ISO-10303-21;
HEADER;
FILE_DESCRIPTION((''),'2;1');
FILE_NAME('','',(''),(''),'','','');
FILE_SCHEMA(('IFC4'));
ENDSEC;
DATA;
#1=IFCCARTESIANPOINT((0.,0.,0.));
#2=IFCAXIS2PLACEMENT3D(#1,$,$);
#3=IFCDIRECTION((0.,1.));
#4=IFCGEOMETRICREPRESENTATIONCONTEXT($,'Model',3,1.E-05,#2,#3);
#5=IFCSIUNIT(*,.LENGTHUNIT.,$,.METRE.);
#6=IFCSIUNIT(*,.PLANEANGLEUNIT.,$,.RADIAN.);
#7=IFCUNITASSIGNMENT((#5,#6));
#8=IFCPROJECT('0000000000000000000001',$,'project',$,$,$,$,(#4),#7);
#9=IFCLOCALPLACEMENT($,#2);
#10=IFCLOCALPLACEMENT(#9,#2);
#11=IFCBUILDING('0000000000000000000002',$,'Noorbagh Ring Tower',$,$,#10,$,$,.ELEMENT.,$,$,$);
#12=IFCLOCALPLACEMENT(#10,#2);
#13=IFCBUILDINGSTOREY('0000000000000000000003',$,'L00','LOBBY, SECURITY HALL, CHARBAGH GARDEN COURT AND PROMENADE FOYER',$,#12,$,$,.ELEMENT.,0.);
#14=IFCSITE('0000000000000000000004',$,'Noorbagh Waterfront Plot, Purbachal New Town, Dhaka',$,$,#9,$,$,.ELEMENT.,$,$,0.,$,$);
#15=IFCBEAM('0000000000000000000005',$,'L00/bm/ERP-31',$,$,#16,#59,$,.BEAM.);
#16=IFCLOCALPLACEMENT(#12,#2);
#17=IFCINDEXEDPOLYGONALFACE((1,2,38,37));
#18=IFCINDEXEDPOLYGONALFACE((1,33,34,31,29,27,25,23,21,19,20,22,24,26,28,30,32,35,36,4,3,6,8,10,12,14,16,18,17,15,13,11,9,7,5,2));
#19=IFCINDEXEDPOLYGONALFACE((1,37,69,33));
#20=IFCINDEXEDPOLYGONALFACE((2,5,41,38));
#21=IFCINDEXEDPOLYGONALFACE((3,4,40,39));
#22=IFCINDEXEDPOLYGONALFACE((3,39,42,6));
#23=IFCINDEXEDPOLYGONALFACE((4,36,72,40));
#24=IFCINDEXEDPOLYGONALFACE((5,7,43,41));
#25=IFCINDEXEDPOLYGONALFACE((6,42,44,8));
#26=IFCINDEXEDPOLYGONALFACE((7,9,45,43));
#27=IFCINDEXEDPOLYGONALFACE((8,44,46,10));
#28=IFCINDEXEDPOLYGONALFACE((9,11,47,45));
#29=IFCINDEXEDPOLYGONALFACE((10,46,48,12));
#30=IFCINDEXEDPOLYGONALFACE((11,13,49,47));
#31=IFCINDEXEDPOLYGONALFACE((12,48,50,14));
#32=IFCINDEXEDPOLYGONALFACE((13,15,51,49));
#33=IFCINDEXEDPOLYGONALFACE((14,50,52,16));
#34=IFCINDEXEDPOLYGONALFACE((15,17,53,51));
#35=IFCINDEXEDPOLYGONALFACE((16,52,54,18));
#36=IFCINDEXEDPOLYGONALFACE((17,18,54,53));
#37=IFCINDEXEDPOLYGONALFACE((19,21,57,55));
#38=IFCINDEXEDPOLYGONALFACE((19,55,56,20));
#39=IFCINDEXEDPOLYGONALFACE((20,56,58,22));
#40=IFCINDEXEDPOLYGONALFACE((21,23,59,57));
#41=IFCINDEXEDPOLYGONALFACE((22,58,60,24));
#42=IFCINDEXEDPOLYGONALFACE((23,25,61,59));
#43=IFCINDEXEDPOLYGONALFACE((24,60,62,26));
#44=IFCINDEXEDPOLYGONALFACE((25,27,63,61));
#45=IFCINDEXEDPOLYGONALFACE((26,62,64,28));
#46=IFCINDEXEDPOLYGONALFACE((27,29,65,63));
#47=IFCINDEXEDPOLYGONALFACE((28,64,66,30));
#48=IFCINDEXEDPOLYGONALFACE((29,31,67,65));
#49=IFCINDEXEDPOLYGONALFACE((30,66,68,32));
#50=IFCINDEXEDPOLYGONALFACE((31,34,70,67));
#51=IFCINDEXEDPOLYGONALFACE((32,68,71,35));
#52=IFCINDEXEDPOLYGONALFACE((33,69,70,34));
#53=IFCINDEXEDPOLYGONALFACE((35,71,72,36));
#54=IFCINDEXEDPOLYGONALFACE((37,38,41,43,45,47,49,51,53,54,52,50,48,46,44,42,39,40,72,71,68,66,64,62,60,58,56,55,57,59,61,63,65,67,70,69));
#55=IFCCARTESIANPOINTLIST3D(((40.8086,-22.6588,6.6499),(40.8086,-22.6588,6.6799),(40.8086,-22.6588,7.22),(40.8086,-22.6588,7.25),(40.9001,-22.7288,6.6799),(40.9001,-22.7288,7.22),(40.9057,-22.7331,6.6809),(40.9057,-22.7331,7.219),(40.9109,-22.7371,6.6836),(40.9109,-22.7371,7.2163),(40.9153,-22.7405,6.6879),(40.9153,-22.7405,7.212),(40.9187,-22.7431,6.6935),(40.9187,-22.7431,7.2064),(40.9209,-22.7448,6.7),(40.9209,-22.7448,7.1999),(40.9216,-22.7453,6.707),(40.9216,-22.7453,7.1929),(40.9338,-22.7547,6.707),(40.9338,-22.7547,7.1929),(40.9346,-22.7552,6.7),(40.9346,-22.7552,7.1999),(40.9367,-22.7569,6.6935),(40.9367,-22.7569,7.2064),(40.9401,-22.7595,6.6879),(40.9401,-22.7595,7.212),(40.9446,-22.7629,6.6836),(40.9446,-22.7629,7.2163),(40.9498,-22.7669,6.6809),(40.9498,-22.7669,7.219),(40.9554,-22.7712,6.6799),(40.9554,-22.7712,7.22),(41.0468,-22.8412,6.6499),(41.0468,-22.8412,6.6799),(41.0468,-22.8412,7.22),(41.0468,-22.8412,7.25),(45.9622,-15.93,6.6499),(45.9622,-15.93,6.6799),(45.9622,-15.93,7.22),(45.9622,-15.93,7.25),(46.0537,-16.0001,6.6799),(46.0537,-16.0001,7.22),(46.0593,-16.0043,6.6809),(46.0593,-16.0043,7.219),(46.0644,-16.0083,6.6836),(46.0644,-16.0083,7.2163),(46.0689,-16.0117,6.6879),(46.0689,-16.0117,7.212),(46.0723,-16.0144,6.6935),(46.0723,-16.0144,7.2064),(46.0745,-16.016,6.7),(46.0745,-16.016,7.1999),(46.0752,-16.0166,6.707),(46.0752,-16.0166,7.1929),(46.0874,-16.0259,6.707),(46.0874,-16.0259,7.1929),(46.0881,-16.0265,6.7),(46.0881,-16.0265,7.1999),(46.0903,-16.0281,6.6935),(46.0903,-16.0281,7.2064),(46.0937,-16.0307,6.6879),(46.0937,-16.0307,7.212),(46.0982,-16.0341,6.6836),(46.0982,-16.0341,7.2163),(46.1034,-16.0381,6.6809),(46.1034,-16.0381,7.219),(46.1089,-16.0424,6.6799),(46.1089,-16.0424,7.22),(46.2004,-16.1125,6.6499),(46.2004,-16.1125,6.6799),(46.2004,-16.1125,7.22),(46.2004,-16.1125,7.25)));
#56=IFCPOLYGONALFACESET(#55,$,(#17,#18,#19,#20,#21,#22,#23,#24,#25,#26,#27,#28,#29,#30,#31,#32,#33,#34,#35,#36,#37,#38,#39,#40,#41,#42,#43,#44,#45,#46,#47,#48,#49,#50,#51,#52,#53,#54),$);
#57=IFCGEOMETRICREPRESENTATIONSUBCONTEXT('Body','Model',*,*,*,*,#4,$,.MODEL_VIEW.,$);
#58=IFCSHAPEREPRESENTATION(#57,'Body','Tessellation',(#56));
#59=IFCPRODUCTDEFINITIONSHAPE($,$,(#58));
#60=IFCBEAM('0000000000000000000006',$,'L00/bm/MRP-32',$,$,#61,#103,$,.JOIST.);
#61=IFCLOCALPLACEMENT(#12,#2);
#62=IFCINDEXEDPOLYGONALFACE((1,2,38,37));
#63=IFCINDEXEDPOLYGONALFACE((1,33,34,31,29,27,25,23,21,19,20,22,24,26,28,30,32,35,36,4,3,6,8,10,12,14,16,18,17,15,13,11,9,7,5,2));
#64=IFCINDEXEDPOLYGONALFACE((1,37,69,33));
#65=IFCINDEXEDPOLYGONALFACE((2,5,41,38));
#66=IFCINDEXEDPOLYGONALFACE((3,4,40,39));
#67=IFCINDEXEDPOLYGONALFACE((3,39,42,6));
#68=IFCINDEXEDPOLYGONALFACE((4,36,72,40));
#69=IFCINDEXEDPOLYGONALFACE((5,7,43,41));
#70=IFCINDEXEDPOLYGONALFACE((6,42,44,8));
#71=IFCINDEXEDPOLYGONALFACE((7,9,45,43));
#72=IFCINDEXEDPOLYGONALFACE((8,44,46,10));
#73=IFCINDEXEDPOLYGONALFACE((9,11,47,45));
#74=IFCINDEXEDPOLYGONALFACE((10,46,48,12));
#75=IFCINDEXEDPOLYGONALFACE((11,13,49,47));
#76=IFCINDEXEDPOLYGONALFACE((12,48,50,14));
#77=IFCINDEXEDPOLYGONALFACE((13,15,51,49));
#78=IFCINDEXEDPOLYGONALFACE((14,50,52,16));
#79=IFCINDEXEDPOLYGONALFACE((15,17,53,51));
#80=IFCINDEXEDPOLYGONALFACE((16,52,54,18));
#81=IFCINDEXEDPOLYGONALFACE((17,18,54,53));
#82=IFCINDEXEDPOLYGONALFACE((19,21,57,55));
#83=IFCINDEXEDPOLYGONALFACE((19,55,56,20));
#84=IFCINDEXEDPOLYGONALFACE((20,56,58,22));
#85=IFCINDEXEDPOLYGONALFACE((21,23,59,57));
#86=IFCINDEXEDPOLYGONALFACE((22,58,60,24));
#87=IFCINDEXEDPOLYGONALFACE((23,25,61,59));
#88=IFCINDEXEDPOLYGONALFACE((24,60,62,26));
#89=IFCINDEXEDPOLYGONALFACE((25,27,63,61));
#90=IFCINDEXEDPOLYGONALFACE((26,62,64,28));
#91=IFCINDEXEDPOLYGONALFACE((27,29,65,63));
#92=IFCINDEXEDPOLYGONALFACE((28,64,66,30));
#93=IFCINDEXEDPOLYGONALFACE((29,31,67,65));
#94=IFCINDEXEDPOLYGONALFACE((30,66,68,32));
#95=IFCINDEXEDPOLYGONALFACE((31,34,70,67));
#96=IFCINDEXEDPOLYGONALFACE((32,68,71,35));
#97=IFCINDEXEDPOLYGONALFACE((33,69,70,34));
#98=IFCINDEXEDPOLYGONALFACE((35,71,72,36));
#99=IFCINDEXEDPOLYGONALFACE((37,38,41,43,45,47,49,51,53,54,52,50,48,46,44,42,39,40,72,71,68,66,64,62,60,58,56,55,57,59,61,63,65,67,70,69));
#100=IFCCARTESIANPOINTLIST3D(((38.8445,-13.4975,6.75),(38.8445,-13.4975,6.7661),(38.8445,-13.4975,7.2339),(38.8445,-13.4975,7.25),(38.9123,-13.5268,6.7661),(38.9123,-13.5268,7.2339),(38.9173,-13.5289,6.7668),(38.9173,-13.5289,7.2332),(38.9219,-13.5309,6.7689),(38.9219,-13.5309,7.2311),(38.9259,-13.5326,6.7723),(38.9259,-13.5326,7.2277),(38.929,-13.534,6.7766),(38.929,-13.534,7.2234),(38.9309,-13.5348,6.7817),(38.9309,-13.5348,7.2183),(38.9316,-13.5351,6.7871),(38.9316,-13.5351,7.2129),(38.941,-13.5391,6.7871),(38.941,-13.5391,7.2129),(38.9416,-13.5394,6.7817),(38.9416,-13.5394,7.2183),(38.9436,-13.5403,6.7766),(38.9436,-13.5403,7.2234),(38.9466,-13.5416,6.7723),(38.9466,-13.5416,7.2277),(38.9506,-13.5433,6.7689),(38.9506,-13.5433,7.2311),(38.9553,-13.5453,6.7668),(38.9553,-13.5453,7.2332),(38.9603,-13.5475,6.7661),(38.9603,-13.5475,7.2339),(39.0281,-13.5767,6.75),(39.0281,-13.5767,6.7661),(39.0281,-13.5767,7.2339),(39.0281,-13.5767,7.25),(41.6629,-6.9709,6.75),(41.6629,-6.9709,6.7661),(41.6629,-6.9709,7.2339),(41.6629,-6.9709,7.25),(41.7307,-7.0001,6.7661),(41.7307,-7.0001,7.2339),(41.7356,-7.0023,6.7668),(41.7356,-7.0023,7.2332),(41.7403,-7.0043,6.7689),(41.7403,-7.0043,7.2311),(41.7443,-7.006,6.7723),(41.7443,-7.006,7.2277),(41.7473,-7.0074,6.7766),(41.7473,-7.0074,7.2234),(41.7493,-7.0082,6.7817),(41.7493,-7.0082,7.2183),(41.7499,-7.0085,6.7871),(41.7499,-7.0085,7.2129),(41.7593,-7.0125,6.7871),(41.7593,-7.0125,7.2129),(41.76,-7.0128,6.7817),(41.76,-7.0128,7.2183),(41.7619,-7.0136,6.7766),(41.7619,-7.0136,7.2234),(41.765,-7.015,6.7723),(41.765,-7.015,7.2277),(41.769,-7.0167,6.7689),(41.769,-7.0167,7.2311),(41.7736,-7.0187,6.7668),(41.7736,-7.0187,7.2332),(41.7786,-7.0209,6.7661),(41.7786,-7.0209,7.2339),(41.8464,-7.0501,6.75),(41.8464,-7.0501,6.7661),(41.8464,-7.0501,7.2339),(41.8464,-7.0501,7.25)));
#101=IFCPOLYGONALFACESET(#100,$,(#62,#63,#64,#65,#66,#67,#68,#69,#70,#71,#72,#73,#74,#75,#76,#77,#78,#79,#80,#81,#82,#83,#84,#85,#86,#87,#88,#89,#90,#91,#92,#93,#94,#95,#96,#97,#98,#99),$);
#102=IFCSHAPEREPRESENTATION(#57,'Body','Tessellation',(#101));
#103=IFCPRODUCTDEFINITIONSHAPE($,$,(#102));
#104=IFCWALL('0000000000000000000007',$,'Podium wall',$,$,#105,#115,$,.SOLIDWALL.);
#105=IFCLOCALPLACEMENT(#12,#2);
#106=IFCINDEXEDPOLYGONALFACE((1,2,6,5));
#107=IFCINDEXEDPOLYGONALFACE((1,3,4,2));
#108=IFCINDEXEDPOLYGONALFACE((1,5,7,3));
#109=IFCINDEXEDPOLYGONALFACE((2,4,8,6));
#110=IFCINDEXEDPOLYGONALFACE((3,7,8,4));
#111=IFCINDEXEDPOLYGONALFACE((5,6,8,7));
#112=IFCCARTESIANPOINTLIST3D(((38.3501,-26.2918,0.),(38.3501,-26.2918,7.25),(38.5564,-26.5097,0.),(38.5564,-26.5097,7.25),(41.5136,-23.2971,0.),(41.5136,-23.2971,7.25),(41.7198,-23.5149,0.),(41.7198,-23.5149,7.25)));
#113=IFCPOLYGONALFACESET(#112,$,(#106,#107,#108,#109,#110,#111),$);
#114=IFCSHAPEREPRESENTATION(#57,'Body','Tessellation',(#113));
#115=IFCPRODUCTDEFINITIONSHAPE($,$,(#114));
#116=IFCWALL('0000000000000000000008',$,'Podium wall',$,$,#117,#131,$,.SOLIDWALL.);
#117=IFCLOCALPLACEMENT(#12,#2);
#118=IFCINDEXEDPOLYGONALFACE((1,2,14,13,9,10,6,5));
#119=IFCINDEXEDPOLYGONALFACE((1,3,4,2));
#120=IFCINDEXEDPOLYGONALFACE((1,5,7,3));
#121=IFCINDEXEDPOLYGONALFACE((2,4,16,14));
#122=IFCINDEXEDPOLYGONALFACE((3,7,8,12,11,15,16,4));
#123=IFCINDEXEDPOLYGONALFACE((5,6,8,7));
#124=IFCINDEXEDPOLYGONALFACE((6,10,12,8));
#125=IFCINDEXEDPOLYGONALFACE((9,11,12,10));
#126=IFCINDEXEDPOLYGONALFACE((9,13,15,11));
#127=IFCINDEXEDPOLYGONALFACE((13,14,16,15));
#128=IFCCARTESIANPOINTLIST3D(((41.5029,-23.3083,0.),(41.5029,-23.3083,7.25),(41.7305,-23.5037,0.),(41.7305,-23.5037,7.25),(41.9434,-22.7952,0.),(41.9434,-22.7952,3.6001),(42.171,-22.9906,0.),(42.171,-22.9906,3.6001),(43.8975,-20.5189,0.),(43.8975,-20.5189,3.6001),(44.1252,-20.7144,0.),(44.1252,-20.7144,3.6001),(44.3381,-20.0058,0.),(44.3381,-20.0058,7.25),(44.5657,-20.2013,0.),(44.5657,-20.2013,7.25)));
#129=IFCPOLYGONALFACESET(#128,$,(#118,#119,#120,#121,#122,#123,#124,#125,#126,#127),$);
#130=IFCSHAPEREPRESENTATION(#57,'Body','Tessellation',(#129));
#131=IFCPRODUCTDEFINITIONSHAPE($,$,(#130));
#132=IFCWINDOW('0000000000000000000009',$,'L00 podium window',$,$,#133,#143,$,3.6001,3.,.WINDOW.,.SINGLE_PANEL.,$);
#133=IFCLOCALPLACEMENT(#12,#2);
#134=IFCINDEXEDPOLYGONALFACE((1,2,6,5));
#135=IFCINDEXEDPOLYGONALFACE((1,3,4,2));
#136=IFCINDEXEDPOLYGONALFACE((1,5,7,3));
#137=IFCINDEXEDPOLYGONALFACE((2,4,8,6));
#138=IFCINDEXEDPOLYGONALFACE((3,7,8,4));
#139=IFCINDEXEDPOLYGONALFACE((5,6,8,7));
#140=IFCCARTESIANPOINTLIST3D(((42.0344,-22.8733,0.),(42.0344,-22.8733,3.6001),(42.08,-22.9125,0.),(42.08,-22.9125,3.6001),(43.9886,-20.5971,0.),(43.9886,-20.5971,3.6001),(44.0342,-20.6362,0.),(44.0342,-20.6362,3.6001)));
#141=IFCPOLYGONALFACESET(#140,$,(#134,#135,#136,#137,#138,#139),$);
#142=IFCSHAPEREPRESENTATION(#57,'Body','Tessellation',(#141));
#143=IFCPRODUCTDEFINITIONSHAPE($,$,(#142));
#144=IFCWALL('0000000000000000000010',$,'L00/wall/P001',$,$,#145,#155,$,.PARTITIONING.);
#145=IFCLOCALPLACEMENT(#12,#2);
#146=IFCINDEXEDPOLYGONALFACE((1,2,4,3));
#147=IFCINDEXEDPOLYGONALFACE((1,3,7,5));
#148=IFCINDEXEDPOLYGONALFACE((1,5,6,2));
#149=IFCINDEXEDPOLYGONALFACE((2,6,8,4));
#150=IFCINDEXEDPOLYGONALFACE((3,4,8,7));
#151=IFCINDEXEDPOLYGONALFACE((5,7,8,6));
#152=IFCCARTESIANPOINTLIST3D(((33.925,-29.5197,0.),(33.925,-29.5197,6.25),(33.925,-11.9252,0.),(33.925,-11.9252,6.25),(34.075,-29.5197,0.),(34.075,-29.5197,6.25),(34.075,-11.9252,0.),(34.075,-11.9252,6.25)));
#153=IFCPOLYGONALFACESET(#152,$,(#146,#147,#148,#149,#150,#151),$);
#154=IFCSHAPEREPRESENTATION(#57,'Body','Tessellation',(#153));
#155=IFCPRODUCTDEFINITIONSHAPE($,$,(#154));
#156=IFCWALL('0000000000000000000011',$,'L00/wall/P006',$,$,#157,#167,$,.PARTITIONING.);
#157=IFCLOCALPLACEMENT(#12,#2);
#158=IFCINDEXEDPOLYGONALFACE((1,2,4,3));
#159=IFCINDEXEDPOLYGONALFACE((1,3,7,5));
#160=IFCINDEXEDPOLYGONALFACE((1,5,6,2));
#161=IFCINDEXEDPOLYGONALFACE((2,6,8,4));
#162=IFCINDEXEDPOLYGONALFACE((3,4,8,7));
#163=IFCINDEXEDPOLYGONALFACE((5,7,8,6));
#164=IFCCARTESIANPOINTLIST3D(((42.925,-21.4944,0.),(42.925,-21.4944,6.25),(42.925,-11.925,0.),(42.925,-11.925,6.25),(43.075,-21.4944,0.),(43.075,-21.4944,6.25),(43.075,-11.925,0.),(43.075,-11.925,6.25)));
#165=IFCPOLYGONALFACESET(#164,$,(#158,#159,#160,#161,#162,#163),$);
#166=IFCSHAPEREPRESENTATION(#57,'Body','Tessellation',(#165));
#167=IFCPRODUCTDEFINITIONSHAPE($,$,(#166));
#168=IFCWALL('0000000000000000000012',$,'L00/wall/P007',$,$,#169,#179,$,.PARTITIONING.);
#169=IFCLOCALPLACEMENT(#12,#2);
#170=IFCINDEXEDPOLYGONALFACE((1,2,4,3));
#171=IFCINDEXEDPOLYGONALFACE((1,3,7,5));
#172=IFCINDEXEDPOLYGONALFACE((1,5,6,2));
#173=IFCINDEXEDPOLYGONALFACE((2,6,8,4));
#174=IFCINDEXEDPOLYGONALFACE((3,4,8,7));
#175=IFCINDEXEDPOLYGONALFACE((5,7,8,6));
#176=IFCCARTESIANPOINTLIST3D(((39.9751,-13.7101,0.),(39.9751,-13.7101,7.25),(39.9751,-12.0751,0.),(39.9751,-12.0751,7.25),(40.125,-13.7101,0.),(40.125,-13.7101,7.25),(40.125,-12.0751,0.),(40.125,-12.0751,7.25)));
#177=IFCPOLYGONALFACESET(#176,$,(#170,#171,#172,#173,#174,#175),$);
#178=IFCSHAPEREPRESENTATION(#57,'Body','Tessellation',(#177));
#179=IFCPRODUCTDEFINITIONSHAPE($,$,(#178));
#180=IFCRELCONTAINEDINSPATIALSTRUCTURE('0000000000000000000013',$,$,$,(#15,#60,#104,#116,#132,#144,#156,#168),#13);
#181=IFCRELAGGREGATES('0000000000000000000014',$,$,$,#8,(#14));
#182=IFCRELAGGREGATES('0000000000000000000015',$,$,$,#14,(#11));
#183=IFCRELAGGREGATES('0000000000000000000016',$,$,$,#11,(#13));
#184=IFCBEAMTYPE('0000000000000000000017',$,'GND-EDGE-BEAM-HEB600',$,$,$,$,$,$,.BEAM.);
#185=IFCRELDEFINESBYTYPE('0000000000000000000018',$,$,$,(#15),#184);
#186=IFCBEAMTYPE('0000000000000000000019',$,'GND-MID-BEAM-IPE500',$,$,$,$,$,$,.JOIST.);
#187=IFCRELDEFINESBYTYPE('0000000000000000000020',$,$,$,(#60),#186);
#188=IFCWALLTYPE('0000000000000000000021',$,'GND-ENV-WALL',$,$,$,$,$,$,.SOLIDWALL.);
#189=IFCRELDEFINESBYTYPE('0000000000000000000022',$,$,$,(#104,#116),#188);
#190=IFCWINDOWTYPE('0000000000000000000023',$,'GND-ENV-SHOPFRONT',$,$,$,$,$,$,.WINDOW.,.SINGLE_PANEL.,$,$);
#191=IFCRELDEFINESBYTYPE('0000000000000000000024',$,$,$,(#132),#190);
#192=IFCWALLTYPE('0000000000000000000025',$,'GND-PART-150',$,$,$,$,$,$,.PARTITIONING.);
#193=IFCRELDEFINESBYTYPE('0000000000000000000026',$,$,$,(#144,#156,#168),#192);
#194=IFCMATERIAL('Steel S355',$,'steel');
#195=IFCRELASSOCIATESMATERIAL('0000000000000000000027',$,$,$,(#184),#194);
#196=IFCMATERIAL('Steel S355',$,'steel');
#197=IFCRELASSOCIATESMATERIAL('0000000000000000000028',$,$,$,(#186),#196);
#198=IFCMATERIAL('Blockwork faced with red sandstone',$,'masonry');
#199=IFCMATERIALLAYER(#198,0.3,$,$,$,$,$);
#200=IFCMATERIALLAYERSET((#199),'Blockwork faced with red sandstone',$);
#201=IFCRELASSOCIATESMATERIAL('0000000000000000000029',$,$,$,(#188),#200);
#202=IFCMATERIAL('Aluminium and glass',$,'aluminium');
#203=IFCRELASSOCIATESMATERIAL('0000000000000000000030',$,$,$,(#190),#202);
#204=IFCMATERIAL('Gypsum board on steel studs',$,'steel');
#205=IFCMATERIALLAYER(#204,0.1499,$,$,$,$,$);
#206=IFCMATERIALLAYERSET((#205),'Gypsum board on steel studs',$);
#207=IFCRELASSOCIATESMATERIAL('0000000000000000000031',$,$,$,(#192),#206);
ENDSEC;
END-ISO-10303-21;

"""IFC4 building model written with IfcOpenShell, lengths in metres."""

from ifc_helpers import new_model, si_unit, direction, frame, frame_2d, origin, origin_2d, place, context, subcontext, project, spatial, rectangle, i_section, extrude, material, layer, layer_set, material_profile, profile_set, type_object, element, fill, save


model = new_model("IFC4")

# Units and contexts
model_context = context("Model", 3, precision=1e-05, world=origin(), true_north=direction((0.0, 1.0)))
body_context = subcontext(model_context, "Body", "Model", "MODEL_VIEW")
ifc_project = project(units=[si_unit("LENGTHUNIT", "METRE"), si_unit("PLANEANGLEUNIT", "RADIAN")], contexts=[model_context])

# Site, building, storey
site_placement = place(None, origin())
site = spatial("IfcSite", under=ifc_project, at=site_placement, Name="Noorbagh Waterfront Plot, Purbachal New Town, Dhaka", CompositionType="ELEMENT", RefElevation=0.0)
building_placement = place(site_placement, origin())
building = spatial("IfcBuilding", under=site, at=building_placement, Name="Noorbagh Ring Tower", CompositionType="ELEMENT")
storey_placement = place(building_placement, origin())
storey = spatial("IfcBuildingStorey", under=building, at=storey_placement, Name="L00", Description="LOBBY, SECURITY HALL, CHARBAGH GARDEN COURT AND PROMENADE FOYER", CompositionType="ELEMENT", Elevation=0.0)

# Beams
ifc_material_1 = material(Name="Steel S355", Category="steel")
ifc_material_profile_1 = material_profile(ifc_material_1, i_section(OverallWidth=0.3, OverallDepth=0.6001, WebThickness=0.0154, FlangeThickness=0.03, FilletRadius=0.0271, at=origin_2d()), Name="HEB600")
ifc_profile_set_1 = profile_set([ifc_material_profile_1], Name="Steel S355")
beam_type_1 = type_object("IfcBeamType", Name="GND-EDGE-BEAM-HEB600", PredefinedType="BEAM", material=ifc_profile_set_1)
beam_1_placement = place(storey_placement, frame((40.9277, -22.75, 6.95), z_axis=(0.608049, 0.7939, 0.0), x_axis=(-0.7939, 0.608049, 0.0)))
element("IfcBeam", 1, at=beam_1_placement, inside=storey, type_object=beam_type_1, Name="L00/bm/ERP-31", PredefinedType="BEAM", context=body_context, shape_type="SweptSolid", body=[
    extrude(i_section(OverallWidth=0.3, OverallDepth=0.6001, WebThickness=0.0154, FlangeThickness=0.03, FilletRadius=0.0271, at=origin_2d()), origin(), (0.0, 0.0, 1.0), 8.4756),
])
ifc_material_2 = material(Name="Steel S355", Category="steel")
ifc_material_profile_2 = material_profile(ifc_material_2, i_section(OverallWidth=0.2, OverallDepth=0.5, WebThickness=0.0103, FlangeThickness=0.0161, FilletRadius=0.021, at=origin_2d()), Name="IPE500")
ifc_profile_set_2 = profile_set([ifc_material_profile_2], Name="Steel S355")
beam_type_2 = type_object("IfcBeamType", Name="GND-MID-BEAM-IPE500", PredefinedType="JOIST", material=ifc_profile_set_2)
beam_2_placement = place(storey_placement, frame((38.9363, -13.5371, 7.0), z_axis=(0.396442, 0.91806, 0.0), x_axis=(-0.91806, 0.396442, 0.0)))
element("IfcBeam", 2, at=beam_2_placement, inside=storey, type_object=beam_type_2, Name="L00/bm/MRP-32", PredefinedType="JOIST", context=body_context, shape_type="SweptSolid", body=[
    extrude(i_section(OverallWidth=0.2, OverallDepth=0.5, WebThickness=0.0103, FlangeThickness=0.0161, FilletRadius=0.021, at=origin_2d()), origin(), (0.0, 0.0, 1.0), 7.1091),
])

# Wall
ifc_material_3 = material(Name="Blockwork faced with red sandstone", Category="masonry")
ifc_layer_1 = layer(ifc_material_3, 0.3)
ifc_layer_set_1 = layer_set([ifc_layer_1], Name="Blockwork faced with red sandstone")
wall_type_1 = type_object("IfcWallType", Name="GND-ENV-WALL", PredefinedType="SOLIDWALL", material=ifc_layer_set_1)
wall_1_placement = place(storey_placement, frame((38.4531, -26.4009, 0.0), z_axis=(0.0, 0.0, 1.0), x_axis=(0.726204, 0.687479, 0.0)))
element("IfcWall", 3, at=wall_1_placement, inside=storey, type_object=wall_type_1, Name="Podium wall", PredefinedType="SOLIDWALL", context=body_context, shape_type="SweptSolid", body=[
    extrude(rectangle(XDim=4.3562, YDim=0.3, at=frame_2d((2.1782, 0.0))), origin(), (0.0, 0.0, 1.0), 7.25),
])

# Wall, opening, window
wall_2_placement = place(storey_placement, frame((41.6167, -23.406, 0.0), z_axis=(0.0, 0.0, 1.0), x_axis=(0.651387, 0.758746, 0.0)))
wall_2 = element("IfcWall", 4, at=wall_2_placement, inside=storey, type_object=wall_type_1, Name="Podium wall", PredefinedType="SOLIDWALL", context=body_context, shape_type="SweptSolid", body=[
    extrude(rectangle(XDim=4.3525, YDim=0.3, at=frame_2d((2.1763, 0.0))), origin(), (0.0, 0.0, 1.0), 7.25),
])
opening_1_placement = place(wall_2_placement, frame((0.6763, 0.0, 0.0)))
opening_1 = element("IfcOpeningElement", 5, at=opening_1_placement, cuts=wall_2, PredefinedType="OPENING", context=body_context, shape_type="SweptSolid", body=[
    extrude(rectangle(XDim=3.0, YDim=3.6001, at=frame_2d((1.5, 1.8))), frame((0.0, 0.1602, 0.0), z_axis=(0.0, -1.0, 0.0), x_axis=(1.0, 0.0, 0.0)), (0.0, 0.0, 1.0), 0.3201),
])
ifc_material_4 = material(Name="Aluminium and glass", Category="aluminium")
window_type = type_object("IfcWindowType", Name="GND-ENV-SHOPFRONT", PartitioningType="SINGLE_PANEL", PredefinedType="WINDOW", material=ifc_material_4)
window_placement = place(opening_1_placement, origin())
window = element("IfcWindow", 6, at=window_placement, inside=storey, type_object=window_type, Name="L00 podium window", OverallHeight=3.6001, OverallWidth=3.0, PartitioningType="SINGLE_PANEL", PredefinedType="WINDOW", context=body_context, shape_type="SweptSolid", body=[
    extrude(rectangle(XDim=3.0, YDim=3.6001, at=frame_2d((1.5, 1.8))), frame((0.0, 0.03, 0.0), z_axis=(0.0, -1.0, 0.0), x_axis=(1.0, 0.0, 0.0)), (0.0, 0.0, 1.0), 0.0601),
])
fill(opening_1, window)

# Walls
ifc_material_5 = material(Name="Gypsum board on steel studs", Category="steel")
ifc_layer_2 = layer(ifc_material_5, 0.1499)
ifc_layer_set_2 = layer_set([ifc_layer_2], Name="Gypsum board on steel studs")
wall_type_2 = type_object("IfcWallType", Name="GND-PART-150", PredefinedType="PARTITIONING", material=ifc_layer_set_2)
wall_3_placement = place(storey_placement, frame((34.0, -11.925, 0.0), z_axis=(0.0, 0.0, 1.0), x_axis=(0.0, -1.0, 0.0)))
element("IfcWall", 7, at=wall_3_placement, inside=storey, type_object=wall_type_2, Name="L00/wall/P001", PredefinedType="PARTITIONING", context=body_context, shape_type="SweptSolid", body=[
    extrude(rectangle(XDim=17.5945, YDim=0.1499, at=frame_2d((8.7974, 0.0))), origin(), (0.0, 0.0, 1.0), 6.25),
])
wall_4_placement = place(storey_placement, frame((43.0, -11.925, 0.0), z_axis=(0.0, 0.0, 1.0), x_axis=(0.0, -1.0, 0.0)))
element("IfcWall", 8, at=wall_4_placement, inside=storey, type_object=wall_type_2, Name="L00/wall/P006", PredefinedType="PARTITIONING", context=body_context, shape_type="SweptSolid", body=[
    extrude(rectangle(XDim=9.5693, YDim=0.1499, at=frame_2d((4.7847, 0.0))), origin(), (0.0, 0.0, 1.0), 6.25),
])
wall_5_placement = place(storey_placement, frame((40.05, -13.71, 0.0), z_axis=(0.0, 0.0, 1.0), x_axis=(0.0, 1.0, 0.0)))
element("IfcWall", 9, at=wall_5_placement, inside=storey, type_object=wall_type_2, Name="L00/wall/P007", PredefinedType="PARTITIONING", context=body_context, shape_type="SweptSolid", body=[
    extrude(rectangle(XDim=1.635, YDim=0.1499, at=frame_2d((0.8174, 0.0))), origin(), (0.0, 0.0, 1.0), 7.25),
])

save(model, "model.ifc")
